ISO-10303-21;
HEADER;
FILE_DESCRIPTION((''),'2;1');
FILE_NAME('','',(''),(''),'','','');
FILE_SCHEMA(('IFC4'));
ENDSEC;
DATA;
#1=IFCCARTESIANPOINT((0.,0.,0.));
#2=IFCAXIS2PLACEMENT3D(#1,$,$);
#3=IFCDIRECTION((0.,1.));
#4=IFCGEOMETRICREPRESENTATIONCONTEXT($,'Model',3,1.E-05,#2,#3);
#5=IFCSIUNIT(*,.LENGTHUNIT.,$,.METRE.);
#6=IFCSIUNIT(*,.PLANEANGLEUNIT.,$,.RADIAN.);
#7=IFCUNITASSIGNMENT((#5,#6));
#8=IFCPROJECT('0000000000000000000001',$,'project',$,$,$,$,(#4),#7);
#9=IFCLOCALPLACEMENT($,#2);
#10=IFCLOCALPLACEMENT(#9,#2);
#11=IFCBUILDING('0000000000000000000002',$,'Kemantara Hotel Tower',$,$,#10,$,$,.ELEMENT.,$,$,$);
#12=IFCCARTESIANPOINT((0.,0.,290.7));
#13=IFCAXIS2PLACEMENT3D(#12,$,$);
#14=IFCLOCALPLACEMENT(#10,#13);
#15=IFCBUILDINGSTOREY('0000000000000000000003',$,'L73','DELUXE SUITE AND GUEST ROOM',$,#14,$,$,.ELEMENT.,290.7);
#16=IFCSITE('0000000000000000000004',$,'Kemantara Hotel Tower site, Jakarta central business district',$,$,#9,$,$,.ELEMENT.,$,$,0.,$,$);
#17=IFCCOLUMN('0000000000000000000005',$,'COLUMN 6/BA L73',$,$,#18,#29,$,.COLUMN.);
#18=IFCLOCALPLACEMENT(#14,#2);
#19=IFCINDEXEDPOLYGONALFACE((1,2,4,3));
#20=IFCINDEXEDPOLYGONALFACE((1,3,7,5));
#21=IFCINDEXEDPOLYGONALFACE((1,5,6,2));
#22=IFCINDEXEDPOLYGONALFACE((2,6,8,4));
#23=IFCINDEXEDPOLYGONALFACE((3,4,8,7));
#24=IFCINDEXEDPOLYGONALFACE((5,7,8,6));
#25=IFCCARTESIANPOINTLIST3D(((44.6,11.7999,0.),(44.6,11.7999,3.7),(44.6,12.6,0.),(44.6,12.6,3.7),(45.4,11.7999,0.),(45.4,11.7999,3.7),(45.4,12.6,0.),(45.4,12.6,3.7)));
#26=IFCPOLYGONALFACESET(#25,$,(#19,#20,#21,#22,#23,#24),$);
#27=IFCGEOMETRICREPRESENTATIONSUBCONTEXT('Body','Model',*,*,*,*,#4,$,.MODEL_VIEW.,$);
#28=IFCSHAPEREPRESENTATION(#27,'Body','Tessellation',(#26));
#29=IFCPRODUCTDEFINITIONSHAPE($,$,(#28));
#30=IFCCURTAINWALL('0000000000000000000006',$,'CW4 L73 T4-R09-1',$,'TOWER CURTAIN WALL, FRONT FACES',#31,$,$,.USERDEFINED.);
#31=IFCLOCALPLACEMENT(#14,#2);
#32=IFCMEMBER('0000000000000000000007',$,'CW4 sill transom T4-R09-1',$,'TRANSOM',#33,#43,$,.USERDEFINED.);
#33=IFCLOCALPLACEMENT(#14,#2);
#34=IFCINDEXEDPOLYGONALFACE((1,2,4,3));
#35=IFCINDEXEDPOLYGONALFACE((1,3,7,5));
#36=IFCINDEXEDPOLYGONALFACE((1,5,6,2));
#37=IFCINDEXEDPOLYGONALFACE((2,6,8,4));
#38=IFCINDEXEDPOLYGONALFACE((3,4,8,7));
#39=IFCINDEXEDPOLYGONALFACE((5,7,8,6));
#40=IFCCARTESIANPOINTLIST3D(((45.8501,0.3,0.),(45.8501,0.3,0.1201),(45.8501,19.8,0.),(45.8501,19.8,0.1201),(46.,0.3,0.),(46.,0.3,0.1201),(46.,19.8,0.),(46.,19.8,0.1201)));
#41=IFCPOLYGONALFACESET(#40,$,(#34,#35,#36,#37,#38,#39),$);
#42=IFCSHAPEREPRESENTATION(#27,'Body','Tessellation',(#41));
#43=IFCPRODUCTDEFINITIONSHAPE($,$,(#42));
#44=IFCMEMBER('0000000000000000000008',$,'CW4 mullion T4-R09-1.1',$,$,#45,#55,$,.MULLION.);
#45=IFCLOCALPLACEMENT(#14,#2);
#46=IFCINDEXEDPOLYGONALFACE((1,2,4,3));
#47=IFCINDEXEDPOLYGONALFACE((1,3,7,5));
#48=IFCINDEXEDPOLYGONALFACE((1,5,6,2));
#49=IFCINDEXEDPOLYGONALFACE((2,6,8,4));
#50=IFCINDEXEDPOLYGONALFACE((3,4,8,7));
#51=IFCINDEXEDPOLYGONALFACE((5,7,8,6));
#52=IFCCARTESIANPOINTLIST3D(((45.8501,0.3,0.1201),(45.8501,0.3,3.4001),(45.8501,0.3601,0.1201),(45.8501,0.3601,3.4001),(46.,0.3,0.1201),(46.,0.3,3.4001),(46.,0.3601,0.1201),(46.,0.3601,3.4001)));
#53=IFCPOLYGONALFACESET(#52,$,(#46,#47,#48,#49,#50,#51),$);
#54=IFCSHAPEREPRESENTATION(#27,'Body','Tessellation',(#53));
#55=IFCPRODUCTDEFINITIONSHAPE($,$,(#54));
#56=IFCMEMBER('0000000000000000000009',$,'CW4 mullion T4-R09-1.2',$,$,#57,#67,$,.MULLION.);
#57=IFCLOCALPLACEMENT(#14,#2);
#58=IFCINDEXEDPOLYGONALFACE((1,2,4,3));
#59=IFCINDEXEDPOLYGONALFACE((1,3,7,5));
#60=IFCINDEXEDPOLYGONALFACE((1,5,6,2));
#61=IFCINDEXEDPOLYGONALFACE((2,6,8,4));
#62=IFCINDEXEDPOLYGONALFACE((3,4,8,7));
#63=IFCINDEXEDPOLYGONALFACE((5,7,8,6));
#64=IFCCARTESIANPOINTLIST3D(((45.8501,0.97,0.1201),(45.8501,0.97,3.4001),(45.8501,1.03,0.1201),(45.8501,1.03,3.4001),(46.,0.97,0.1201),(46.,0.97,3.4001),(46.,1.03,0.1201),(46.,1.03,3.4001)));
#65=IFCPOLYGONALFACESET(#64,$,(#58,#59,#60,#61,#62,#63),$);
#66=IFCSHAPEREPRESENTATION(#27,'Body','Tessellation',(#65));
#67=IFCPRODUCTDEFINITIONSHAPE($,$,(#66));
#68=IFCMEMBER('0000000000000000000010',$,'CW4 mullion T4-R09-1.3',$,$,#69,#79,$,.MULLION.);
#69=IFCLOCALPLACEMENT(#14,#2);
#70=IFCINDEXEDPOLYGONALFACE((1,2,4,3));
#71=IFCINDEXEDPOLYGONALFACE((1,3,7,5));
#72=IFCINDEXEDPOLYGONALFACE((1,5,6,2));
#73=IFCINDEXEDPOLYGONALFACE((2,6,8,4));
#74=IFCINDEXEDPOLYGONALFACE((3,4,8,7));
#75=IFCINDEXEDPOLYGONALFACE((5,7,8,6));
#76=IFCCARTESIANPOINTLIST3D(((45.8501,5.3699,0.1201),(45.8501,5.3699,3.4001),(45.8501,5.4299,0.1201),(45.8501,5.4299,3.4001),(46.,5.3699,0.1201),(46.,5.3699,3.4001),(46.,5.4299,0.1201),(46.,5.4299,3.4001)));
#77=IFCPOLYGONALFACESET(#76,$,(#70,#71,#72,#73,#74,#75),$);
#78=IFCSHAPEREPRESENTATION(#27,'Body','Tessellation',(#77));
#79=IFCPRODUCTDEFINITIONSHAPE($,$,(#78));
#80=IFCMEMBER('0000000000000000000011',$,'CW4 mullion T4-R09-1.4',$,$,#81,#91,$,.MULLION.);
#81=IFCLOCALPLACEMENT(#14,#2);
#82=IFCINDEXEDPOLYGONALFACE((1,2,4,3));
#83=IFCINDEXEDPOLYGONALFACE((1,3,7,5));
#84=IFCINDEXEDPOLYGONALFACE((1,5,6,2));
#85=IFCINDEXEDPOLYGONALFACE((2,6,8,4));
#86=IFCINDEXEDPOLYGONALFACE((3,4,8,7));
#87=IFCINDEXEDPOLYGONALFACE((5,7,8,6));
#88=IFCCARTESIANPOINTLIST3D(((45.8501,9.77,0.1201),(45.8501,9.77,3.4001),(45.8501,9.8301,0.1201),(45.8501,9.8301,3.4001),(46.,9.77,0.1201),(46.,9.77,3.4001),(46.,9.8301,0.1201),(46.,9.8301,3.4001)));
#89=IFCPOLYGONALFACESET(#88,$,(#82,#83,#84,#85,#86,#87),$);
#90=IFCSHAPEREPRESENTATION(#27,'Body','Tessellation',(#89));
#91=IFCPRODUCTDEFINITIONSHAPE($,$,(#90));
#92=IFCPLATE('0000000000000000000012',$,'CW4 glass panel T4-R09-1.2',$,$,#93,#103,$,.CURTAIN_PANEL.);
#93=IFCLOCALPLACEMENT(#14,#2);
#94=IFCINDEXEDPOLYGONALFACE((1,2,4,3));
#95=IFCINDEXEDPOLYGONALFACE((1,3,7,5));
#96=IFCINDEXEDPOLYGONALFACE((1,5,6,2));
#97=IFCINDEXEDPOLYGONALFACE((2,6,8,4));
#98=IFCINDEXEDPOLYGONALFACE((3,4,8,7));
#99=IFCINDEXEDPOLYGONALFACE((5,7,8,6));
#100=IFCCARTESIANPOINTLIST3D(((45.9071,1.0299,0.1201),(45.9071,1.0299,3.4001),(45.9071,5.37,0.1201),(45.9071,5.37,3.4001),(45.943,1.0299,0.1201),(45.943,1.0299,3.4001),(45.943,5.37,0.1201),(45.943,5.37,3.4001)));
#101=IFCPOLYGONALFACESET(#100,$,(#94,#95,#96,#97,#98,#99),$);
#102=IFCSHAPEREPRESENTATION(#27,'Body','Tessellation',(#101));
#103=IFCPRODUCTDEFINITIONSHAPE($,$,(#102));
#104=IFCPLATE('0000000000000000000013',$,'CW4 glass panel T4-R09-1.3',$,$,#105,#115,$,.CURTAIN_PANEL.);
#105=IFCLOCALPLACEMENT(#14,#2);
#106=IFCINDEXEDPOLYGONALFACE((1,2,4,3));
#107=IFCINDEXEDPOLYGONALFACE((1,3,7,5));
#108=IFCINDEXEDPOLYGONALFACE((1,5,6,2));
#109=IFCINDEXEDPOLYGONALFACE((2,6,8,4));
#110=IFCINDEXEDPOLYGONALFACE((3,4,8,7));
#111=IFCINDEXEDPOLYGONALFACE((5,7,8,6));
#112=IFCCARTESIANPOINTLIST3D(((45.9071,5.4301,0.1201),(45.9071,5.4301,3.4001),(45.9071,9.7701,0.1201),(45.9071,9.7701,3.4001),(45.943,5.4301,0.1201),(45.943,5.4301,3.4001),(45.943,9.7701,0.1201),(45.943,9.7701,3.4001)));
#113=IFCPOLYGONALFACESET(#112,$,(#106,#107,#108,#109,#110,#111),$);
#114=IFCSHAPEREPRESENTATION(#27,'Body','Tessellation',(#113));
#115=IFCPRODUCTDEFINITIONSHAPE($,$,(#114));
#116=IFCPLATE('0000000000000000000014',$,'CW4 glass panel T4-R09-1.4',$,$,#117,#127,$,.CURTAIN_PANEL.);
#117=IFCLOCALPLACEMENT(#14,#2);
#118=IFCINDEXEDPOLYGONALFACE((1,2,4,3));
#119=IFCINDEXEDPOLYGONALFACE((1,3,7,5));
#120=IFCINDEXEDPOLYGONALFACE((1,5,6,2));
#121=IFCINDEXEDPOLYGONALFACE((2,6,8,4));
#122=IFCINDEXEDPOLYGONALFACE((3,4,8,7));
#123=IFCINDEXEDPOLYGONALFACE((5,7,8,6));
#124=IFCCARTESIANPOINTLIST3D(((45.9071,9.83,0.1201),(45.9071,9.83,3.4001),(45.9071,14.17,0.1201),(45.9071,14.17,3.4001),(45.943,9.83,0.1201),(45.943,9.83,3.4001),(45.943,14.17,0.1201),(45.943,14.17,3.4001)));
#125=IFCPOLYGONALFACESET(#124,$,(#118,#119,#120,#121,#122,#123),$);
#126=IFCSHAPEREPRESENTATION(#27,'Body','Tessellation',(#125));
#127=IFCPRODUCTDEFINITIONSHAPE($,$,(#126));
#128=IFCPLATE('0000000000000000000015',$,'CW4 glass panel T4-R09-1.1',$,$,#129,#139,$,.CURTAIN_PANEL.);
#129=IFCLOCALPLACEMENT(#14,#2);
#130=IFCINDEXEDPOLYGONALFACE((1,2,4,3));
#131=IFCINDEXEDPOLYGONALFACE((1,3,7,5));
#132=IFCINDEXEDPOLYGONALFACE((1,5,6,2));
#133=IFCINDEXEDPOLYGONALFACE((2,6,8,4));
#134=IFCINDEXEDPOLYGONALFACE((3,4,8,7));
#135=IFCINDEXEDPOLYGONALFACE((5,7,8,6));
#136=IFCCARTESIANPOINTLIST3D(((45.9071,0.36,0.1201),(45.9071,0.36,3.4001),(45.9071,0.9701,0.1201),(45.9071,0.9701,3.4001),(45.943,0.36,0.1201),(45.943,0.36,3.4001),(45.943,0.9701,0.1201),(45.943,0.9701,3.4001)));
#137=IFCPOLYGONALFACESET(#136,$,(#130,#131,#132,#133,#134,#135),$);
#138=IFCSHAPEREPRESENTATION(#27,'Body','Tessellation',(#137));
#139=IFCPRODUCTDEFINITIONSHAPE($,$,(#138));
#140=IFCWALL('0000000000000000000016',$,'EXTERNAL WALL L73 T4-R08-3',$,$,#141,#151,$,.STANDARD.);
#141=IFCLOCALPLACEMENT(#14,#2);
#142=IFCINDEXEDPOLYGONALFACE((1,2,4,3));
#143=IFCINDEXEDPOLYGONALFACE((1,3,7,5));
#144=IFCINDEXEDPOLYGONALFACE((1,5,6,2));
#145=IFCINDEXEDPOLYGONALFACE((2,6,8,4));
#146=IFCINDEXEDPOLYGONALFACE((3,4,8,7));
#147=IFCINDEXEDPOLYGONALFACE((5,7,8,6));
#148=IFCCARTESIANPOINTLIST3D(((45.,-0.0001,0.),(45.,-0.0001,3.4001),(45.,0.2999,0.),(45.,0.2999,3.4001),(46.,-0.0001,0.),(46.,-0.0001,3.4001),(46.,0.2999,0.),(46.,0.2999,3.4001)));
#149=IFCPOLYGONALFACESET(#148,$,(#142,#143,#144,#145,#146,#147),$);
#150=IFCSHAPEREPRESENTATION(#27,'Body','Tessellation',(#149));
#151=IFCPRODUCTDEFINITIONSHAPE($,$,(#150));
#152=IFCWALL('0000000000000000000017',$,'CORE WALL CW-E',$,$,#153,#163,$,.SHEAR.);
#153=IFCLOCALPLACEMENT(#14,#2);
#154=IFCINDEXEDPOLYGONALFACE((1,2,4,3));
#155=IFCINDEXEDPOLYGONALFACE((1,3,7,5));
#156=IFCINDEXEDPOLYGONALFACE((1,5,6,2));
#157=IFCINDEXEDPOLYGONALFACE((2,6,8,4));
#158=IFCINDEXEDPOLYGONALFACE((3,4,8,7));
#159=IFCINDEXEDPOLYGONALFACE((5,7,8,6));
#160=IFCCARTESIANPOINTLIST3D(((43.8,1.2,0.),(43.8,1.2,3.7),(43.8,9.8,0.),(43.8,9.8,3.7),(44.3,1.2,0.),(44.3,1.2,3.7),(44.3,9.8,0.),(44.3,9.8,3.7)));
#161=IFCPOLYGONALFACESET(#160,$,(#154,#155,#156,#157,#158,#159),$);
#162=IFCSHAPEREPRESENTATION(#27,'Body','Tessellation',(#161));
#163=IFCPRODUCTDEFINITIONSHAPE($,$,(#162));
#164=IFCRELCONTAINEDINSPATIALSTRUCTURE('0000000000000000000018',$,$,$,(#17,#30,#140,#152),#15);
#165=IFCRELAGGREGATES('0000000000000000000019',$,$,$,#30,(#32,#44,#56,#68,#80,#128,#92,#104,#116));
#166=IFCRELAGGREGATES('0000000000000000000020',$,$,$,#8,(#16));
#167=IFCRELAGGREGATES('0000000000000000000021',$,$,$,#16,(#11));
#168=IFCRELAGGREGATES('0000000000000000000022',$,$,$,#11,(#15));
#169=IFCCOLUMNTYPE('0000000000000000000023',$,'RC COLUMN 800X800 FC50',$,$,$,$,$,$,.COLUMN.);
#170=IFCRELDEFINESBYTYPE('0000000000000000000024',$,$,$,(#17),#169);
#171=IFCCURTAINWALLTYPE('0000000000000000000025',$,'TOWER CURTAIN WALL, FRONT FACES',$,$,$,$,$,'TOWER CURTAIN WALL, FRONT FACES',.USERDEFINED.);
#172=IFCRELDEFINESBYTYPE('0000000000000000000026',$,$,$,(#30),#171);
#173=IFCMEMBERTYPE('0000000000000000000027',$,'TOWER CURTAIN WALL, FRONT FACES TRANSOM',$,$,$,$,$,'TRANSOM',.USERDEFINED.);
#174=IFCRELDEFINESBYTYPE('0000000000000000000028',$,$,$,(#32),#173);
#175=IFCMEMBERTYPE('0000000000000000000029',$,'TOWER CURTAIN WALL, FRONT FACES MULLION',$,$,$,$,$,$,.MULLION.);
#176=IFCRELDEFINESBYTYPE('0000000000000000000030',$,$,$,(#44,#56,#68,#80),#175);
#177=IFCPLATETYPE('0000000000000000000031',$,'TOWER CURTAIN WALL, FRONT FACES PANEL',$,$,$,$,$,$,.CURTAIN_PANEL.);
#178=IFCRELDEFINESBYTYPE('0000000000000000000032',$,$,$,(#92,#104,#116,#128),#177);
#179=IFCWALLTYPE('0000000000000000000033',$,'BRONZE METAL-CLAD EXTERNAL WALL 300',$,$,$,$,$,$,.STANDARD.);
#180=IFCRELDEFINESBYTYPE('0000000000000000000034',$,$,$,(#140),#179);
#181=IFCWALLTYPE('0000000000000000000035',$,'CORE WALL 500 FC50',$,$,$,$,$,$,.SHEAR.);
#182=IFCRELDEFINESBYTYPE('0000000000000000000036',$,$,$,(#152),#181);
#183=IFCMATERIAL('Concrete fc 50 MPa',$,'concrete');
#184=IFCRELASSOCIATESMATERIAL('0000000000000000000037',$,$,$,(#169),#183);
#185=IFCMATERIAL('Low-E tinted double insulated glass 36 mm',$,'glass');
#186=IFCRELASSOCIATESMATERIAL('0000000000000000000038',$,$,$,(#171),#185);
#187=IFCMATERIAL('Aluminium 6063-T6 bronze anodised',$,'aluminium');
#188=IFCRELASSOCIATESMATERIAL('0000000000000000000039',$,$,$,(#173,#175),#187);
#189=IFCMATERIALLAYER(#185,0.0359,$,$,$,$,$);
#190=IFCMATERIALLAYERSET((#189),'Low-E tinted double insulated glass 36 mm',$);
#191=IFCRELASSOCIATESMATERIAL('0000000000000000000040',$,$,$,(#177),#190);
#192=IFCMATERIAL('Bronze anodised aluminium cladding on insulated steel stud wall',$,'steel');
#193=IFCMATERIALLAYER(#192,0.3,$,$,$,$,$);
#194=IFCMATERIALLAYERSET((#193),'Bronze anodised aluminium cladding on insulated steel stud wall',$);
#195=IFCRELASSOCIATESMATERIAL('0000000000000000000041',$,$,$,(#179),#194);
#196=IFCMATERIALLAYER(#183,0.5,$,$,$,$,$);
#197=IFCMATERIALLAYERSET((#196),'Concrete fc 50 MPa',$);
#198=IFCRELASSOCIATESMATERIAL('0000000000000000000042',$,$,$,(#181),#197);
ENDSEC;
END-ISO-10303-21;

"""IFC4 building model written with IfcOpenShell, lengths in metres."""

from ifc_helpers import new_model, si_unit, direction, frame, frame_2d, origin, origin_2d, place, context, subcontext, project, spatial, rectangle, extrude, source, transform, mapped, material, layer, layer_set, material_profile, profile_set, type_object, element, aggregate, save


model = new_model("IFC4")

# Units and contexts
model_context = context("Model", 3, precision=1e-05, world=origin(), true_north=direction((0.0, 1.0)))
body_context = subcontext(model_context, "Body", "Model", "MODEL_VIEW")
ifc_project = project(units=[si_unit("LENGTHUNIT", "METRE"), si_unit("PLANEANGLEUNIT", "RADIAN")], contexts=[model_context])

# Site, building, storey
site_placement = place(None, origin())
site = spatial("IfcSite", under=ifc_project, at=site_placement, Name="Kemantara Hotel Tower site, Jakarta central business district", CompositionType="ELEMENT", RefElevation=0.0)
building_placement = place(site_placement, origin())
building = spatial("IfcBuilding", under=site, at=building_placement, Name="Kemantara Hotel Tower", CompositionType="ELEMENT")
storey_placement = place(building_placement, frame((0.0, 0.0, 290.7)))
storey = spatial("IfcBuildingStorey", under=building, at=storey_placement, Name="L73", Description="DELUXE SUITE AND GUEST ROOM", CompositionType="ELEMENT", Elevation=290.7)

# Column
ifc_material_1 = material(Name="Concrete fc 50 MPa", Category="concrete")
ifc_material_profile_1 = material_profile(ifc_material_1, rectangle(XDim=0.8, YDim=0.8, at=origin_2d()), Name="RC 800X800")
ifc_profile_set_1 = profile_set([ifc_material_profile_1], Name="Concrete fc 50 MPa")
column_type = type_object("IfcColumnType", Name="RC COLUMN 800X800 FC50", PredefinedType="COLUMN", material=ifc_profile_set_1)
column_placement = place(storey_placement, frame((45.0, 12.2, 0.0), z_axis=(0.0, 0.0, 1.0), x_axis=(1.0, 0.0, 0.0)))
element("IfcColumn", 1, at=column_placement, inside=storey, type_object=column_type, Name="COLUMN 6/BA L73", PredefinedType="COLUMN", context=body_context, shape_type="SweptSolid", body=[
    extrude(rectangle(XDim=0.8, YDim=0.8, at=origin_2d()), origin(), (0.0, 0.0, 1.0), 3.7),
])

# Curtain wall, members, plates
ifc_material_2 = material(Name="Low-E tinted double insulated glass 36 mm", Category="glass")
curtain_wall_type = type_object("IfcCurtainWallType", Name="TOWER CURTAIN WALL, FRONT FACES", ElementType="TOWER CURTAIN WALL, FRONT FACES", PredefinedType="USERDEFINED", material=ifc_material_2)
curtain_wall_placement = place(storey_placement, origin())
curtain_wall = element("IfcCurtainWall", 2, at=curtain_wall_placement, inside=storey, type_object=curtain_wall_type, Name="CW4 L73 T4-R09-1", ObjectType="TOWER CURTAIN WALL, FRONT FACES", PredefinedType="USERDEFINED")
ifc_material_3 = material(Name="Aluminium 6063-T6 bronze anodised", Category="aluminium")
ifc_material_profile_2 = material_profile(ifc_material_3, rectangle(XDim=0.1499, YDim=0.1201, at=origin_2d()), Name="TOWER CURTAIN WALL, FRONT FACES TRANSOM")
ifc_profile_set_2 = profile_set([ifc_material_profile_2], Name="Aluminium 6063-T6 bronze anodised")
member_type_1 = type_object("IfcMemberType", Name="TOWER CURTAIN WALL, FRONT FACES TRANSOM", ElementType="TRANSOM", PredefinedType="USERDEFINED", material=ifc_profile_set_2)
member_1_placement = place(storey_placement, frame((45.925, 0.3, 0.0601), z_axis=(0.0, 1.0, 0.0), x_axis=(-1.0, 0.0, 0.0)))
member_1 = element("IfcMember", 3, at=member_1_placement, type_object=member_type_1, Name="CW4 sill transom T4-R09-1", ObjectType="TRANSOM", PredefinedType="USERDEFINED", context=body_context, shape_type="SweptSolid", body=[
    extrude(rectangle(XDim=0.1499, YDim=0.1201, at=origin_2d()), origin(), (0.0, 0.0, 1.0), 19.5),
])
ifc_material_profile_3 = material_profile(ifc_material_3, rectangle(XDim=0.1499, YDim=0.0601, at=origin_2d()), Name="TOWER CURTAIN WALL, FRONT FACES MULLION")
ifc_profile_set_3 = profile_set([ifc_material_profile_3], Name="Aluminium 6063-T6 bronze anodised")
member_type_2 = type_object("IfcMemberType", Name="TOWER CURTAIN WALL, FRONT FACES MULLION", PredefinedType="MULLION", material=ifc_profile_set_3)
shared_shape_1 = source(origin(), body_context, "Body", "SweptSolid", [
    extrude(rectangle(XDim=0.1499, YDim=0.0601, at=origin_2d()), origin(), (0.0, 0.0, 1.0), 3.28),
])
member_2_placement = place(storey_placement, frame((45.925, 0.3301, 0.1201), z_axis=(0.0, 0.0, 1.0), x_axis=(-1.0, 0.0, 0.0)))
member_2 = element("IfcMember", 4, at=member_2_placement, type_object=member_type_2, Name="CW4 mullion T4-R09-1.1", PredefinedType="MULLION", context=body_context, shape_type="MappedRepresentation", body=[
    mapped(shared_shape_1, transform((0.0, 0.0, 0.0))),
])
member_3_placement = place(storey_placement, frame((45.925, 1.0, 0.1201), z_axis=(0.0, 0.0, 1.0), x_axis=(-1.0, 0.0, 0.0)))
member_3 = element("IfcMember", 5, at=member_3_placement, type_object=member_type_2, Name="CW4 mullion T4-R09-1.2", PredefinedType="MULLION", context=body_context, shape_type="MappedRepresentation", body=[
    mapped(shared_shape_1, transform((0.0, 0.0, 0.0))),
])
member_4_placement = place(storey_placement, frame((45.925, 5.3999, 0.1201), z_axis=(0.0, 0.0, 1.0), x_axis=(-1.0, 0.0, 0.0)))
member_4 = element("IfcMember", 6, at=member_4_placement, type_object=member_type_2, Name="CW4 mullion T4-R09-1.3", PredefinedType="MULLION", context=body_context, shape_type="MappedRepresentation", body=[
    mapped(shared_shape_1, transform((0.0, 0.0, 0.0))),
])
member_5_placement = place(storey_placement, frame((45.925, 9.8, 0.1201), z_axis=(0.0, 0.0, 1.0), x_axis=(-1.0, 0.0, 0.0)))
member_5 = element("IfcMember", 7, at=member_5_placement, type_object=member_type_2, Name="CW4 mullion T4-R09-1.4", PredefinedType="MULLION", context=body_context, shape_type="MappedRepresentation", body=[
    mapped(shared_shape_1, transform((0.0, 0.0, 0.0))),
])
ifc_layer_1 = layer(ifc_material_2, 0.0359)
ifc_layer_set_1 = layer_set([ifc_layer_1], Name="Low-E tinted double insulated glass 36 mm")
plate_type = type_object("IfcPlateType", Name="TOWER CURTAIN WALL, FRONT FACES PANEL", PredefinedType="CURTAIN_PANEL", material=ifc_layer_set_1)
shared_shape_2 = source(origin(), body_context, "Body", "SweptSolid", [
    extrude(rectangle(XDim=4.3401, YDim=0.0359, at=origin_2d()), origin(), (0.0, 0.0, 1.0), 3.28),
])
plate_1_placement = place(storey_placement, frame((45.925, 3.2, 0.1201), z_axis=(0.0, 0.0, 1.0), x_axis=(0.0, 1.0, 0.0)))
plate_1 = element("IfcPlate", 8, at=plate_1_placement, type_object=plate_type, Name="CW4 glass panel T4-R09-1.2", PredefinedType="CURTAIN_PANEL", context=body_context, shape_type="MappedRepresentation", body=[
    mapped(shared_shape_2, transform((0.0, 0.0, 0.0))),
])
plate_2_placement = place(storey_placement, frame((45.925, 7.6001, 0.1201), z_axis=(0.0, 0.0, 1.0), x_axis=(0.0, 1.0, 0.0)))
plate_2 = element("IfcPlate", 9, at=plate_2_placement, type_object=plate_type, Name="CW4 glass panel T4-R09-1.3", PredefinedType="CURTAIN_PANEL", context=body_context, shape_type="MappedRepresentation", body=[
    mapped(shared_shape_2, transform((0.0, 0.0, 0.0))),
])
plate_3_placement = place(storey_placement, frame((45.925, 12.0, 0.1201), z_axis=(0.0, 0.0, 1.0), x_axis=(0.0, 1.0, 0.0)))
plate_3 = element("IfcPlate", 10, at=plate_3_placement, type_object=plate_type, Name="CW4 glass panel T4-R09-1.4", PredefinedType="CURTAIN_PANEL", context=body_context, shape_type="MappedRepresentation", body=[
    mapped(shared_shape_2, transform((0.0, 0.0, 0.0))),
])
shared_shape_3 = source(origin(), body_context, "Body", "SweptSolid", [
    extrude(rectangle(XDim=0.6101, YDim=0.0359, at=origin_2d()), origin(), (0.0, 0.0, 1.0), 3.28),
])
plate_4_placement = place(storey_placement, frame((45.925, 0.665, 0.1201), z_axis=(0.0, 0.0, 1.0), x_axis=(0.0, 1.0, 0.0)))
plate_4 = element("IfcPlate", 11, at=plate_4_placement, type_object=plate_type, Name="CW4 glass panel T4-R09-1.1", PredefinedType="CURTAIN_PANEL", context=body_context, shape_type="MappedRepresentation", body=[
    mapped(shared_shape_3, transform((0.0, 0.0, 0.0))),
])
aggregate(curtain_wall, [member_1, member_2, member_3, member_4, member_5, plate_4, plate_1, plate_2, plate_3])

# Walls
ifc_material_4 = material(Name="Bronze anodised aluminium cladding on insulated steel stud wall", Category="steel")
ifc_layer_2 = layer(ifc_material_4, 0.3)
ifc_layer_set_2 = layer_set([ifc_layer_2], Name="Bronze anodised aluminium cladding on insulated steel stud wall")
wall_type_1 = type_object("IfcWallType", Name="BRONZE METAL-CLAD EXTERNAL WALL 300", PredefinedType="STANDARD", material=ifc_layer_set_2)
wall_1_placement = place(storey_placement, frame((45.0, 0.1499, 0.0), z_axis=(0.0, 0.0, 1.0), x_axis=(1.0, 0.0, 0.0)))
element("IfcWall", 12, at=wall_1_placement, inside=storey, type_object=wall_type_1, Name="EXTERNAL WALL L73 T4-R08-3", PredefinedType="STANDARD", context=body_context, shape_type="SweptSolid", body=[
    extrude(rectangle(XDim=1.0, YDim=0.3, at=frame_2d((0.5, 0.0))), origin(), (0.0, 0.0, 1.0), 3.4001),
])
ifc_layer_3 = layer(ifc_material_1, 0.5)
ifc_layer_set_3 = layer_set([ifc_layer_3], Name="Concrete fc 50 MPa")
wall_type_2 = type_object("IfcWallType", Name="CORE WALL 500 FC50", PredefinedType="SHEAR", material=ifc_layer_set_3)
wall_2_placement = place(storey_placement, frame((44.05, 1.2, 0.0), z_axis=(0.0, 0.0, 1.0), x_axis=(0.0, 1.0, 0.0)))
element("IfcWall", 13, at=wall_2_placement, inside=storey, type_object=wall_type_2, Name="CORE WALL CW-E", PredefinedType="SHEAR", context=body_context, shape_type="SweptSolid", body=[
    extrude(rectangle(XDim=8.6001, YDim=0.5, at=frame_2d((4.3, 0.0))), origin(), (0.0, 0.0, 1.0), 3.7),
])

save(model, "model.ifc")
